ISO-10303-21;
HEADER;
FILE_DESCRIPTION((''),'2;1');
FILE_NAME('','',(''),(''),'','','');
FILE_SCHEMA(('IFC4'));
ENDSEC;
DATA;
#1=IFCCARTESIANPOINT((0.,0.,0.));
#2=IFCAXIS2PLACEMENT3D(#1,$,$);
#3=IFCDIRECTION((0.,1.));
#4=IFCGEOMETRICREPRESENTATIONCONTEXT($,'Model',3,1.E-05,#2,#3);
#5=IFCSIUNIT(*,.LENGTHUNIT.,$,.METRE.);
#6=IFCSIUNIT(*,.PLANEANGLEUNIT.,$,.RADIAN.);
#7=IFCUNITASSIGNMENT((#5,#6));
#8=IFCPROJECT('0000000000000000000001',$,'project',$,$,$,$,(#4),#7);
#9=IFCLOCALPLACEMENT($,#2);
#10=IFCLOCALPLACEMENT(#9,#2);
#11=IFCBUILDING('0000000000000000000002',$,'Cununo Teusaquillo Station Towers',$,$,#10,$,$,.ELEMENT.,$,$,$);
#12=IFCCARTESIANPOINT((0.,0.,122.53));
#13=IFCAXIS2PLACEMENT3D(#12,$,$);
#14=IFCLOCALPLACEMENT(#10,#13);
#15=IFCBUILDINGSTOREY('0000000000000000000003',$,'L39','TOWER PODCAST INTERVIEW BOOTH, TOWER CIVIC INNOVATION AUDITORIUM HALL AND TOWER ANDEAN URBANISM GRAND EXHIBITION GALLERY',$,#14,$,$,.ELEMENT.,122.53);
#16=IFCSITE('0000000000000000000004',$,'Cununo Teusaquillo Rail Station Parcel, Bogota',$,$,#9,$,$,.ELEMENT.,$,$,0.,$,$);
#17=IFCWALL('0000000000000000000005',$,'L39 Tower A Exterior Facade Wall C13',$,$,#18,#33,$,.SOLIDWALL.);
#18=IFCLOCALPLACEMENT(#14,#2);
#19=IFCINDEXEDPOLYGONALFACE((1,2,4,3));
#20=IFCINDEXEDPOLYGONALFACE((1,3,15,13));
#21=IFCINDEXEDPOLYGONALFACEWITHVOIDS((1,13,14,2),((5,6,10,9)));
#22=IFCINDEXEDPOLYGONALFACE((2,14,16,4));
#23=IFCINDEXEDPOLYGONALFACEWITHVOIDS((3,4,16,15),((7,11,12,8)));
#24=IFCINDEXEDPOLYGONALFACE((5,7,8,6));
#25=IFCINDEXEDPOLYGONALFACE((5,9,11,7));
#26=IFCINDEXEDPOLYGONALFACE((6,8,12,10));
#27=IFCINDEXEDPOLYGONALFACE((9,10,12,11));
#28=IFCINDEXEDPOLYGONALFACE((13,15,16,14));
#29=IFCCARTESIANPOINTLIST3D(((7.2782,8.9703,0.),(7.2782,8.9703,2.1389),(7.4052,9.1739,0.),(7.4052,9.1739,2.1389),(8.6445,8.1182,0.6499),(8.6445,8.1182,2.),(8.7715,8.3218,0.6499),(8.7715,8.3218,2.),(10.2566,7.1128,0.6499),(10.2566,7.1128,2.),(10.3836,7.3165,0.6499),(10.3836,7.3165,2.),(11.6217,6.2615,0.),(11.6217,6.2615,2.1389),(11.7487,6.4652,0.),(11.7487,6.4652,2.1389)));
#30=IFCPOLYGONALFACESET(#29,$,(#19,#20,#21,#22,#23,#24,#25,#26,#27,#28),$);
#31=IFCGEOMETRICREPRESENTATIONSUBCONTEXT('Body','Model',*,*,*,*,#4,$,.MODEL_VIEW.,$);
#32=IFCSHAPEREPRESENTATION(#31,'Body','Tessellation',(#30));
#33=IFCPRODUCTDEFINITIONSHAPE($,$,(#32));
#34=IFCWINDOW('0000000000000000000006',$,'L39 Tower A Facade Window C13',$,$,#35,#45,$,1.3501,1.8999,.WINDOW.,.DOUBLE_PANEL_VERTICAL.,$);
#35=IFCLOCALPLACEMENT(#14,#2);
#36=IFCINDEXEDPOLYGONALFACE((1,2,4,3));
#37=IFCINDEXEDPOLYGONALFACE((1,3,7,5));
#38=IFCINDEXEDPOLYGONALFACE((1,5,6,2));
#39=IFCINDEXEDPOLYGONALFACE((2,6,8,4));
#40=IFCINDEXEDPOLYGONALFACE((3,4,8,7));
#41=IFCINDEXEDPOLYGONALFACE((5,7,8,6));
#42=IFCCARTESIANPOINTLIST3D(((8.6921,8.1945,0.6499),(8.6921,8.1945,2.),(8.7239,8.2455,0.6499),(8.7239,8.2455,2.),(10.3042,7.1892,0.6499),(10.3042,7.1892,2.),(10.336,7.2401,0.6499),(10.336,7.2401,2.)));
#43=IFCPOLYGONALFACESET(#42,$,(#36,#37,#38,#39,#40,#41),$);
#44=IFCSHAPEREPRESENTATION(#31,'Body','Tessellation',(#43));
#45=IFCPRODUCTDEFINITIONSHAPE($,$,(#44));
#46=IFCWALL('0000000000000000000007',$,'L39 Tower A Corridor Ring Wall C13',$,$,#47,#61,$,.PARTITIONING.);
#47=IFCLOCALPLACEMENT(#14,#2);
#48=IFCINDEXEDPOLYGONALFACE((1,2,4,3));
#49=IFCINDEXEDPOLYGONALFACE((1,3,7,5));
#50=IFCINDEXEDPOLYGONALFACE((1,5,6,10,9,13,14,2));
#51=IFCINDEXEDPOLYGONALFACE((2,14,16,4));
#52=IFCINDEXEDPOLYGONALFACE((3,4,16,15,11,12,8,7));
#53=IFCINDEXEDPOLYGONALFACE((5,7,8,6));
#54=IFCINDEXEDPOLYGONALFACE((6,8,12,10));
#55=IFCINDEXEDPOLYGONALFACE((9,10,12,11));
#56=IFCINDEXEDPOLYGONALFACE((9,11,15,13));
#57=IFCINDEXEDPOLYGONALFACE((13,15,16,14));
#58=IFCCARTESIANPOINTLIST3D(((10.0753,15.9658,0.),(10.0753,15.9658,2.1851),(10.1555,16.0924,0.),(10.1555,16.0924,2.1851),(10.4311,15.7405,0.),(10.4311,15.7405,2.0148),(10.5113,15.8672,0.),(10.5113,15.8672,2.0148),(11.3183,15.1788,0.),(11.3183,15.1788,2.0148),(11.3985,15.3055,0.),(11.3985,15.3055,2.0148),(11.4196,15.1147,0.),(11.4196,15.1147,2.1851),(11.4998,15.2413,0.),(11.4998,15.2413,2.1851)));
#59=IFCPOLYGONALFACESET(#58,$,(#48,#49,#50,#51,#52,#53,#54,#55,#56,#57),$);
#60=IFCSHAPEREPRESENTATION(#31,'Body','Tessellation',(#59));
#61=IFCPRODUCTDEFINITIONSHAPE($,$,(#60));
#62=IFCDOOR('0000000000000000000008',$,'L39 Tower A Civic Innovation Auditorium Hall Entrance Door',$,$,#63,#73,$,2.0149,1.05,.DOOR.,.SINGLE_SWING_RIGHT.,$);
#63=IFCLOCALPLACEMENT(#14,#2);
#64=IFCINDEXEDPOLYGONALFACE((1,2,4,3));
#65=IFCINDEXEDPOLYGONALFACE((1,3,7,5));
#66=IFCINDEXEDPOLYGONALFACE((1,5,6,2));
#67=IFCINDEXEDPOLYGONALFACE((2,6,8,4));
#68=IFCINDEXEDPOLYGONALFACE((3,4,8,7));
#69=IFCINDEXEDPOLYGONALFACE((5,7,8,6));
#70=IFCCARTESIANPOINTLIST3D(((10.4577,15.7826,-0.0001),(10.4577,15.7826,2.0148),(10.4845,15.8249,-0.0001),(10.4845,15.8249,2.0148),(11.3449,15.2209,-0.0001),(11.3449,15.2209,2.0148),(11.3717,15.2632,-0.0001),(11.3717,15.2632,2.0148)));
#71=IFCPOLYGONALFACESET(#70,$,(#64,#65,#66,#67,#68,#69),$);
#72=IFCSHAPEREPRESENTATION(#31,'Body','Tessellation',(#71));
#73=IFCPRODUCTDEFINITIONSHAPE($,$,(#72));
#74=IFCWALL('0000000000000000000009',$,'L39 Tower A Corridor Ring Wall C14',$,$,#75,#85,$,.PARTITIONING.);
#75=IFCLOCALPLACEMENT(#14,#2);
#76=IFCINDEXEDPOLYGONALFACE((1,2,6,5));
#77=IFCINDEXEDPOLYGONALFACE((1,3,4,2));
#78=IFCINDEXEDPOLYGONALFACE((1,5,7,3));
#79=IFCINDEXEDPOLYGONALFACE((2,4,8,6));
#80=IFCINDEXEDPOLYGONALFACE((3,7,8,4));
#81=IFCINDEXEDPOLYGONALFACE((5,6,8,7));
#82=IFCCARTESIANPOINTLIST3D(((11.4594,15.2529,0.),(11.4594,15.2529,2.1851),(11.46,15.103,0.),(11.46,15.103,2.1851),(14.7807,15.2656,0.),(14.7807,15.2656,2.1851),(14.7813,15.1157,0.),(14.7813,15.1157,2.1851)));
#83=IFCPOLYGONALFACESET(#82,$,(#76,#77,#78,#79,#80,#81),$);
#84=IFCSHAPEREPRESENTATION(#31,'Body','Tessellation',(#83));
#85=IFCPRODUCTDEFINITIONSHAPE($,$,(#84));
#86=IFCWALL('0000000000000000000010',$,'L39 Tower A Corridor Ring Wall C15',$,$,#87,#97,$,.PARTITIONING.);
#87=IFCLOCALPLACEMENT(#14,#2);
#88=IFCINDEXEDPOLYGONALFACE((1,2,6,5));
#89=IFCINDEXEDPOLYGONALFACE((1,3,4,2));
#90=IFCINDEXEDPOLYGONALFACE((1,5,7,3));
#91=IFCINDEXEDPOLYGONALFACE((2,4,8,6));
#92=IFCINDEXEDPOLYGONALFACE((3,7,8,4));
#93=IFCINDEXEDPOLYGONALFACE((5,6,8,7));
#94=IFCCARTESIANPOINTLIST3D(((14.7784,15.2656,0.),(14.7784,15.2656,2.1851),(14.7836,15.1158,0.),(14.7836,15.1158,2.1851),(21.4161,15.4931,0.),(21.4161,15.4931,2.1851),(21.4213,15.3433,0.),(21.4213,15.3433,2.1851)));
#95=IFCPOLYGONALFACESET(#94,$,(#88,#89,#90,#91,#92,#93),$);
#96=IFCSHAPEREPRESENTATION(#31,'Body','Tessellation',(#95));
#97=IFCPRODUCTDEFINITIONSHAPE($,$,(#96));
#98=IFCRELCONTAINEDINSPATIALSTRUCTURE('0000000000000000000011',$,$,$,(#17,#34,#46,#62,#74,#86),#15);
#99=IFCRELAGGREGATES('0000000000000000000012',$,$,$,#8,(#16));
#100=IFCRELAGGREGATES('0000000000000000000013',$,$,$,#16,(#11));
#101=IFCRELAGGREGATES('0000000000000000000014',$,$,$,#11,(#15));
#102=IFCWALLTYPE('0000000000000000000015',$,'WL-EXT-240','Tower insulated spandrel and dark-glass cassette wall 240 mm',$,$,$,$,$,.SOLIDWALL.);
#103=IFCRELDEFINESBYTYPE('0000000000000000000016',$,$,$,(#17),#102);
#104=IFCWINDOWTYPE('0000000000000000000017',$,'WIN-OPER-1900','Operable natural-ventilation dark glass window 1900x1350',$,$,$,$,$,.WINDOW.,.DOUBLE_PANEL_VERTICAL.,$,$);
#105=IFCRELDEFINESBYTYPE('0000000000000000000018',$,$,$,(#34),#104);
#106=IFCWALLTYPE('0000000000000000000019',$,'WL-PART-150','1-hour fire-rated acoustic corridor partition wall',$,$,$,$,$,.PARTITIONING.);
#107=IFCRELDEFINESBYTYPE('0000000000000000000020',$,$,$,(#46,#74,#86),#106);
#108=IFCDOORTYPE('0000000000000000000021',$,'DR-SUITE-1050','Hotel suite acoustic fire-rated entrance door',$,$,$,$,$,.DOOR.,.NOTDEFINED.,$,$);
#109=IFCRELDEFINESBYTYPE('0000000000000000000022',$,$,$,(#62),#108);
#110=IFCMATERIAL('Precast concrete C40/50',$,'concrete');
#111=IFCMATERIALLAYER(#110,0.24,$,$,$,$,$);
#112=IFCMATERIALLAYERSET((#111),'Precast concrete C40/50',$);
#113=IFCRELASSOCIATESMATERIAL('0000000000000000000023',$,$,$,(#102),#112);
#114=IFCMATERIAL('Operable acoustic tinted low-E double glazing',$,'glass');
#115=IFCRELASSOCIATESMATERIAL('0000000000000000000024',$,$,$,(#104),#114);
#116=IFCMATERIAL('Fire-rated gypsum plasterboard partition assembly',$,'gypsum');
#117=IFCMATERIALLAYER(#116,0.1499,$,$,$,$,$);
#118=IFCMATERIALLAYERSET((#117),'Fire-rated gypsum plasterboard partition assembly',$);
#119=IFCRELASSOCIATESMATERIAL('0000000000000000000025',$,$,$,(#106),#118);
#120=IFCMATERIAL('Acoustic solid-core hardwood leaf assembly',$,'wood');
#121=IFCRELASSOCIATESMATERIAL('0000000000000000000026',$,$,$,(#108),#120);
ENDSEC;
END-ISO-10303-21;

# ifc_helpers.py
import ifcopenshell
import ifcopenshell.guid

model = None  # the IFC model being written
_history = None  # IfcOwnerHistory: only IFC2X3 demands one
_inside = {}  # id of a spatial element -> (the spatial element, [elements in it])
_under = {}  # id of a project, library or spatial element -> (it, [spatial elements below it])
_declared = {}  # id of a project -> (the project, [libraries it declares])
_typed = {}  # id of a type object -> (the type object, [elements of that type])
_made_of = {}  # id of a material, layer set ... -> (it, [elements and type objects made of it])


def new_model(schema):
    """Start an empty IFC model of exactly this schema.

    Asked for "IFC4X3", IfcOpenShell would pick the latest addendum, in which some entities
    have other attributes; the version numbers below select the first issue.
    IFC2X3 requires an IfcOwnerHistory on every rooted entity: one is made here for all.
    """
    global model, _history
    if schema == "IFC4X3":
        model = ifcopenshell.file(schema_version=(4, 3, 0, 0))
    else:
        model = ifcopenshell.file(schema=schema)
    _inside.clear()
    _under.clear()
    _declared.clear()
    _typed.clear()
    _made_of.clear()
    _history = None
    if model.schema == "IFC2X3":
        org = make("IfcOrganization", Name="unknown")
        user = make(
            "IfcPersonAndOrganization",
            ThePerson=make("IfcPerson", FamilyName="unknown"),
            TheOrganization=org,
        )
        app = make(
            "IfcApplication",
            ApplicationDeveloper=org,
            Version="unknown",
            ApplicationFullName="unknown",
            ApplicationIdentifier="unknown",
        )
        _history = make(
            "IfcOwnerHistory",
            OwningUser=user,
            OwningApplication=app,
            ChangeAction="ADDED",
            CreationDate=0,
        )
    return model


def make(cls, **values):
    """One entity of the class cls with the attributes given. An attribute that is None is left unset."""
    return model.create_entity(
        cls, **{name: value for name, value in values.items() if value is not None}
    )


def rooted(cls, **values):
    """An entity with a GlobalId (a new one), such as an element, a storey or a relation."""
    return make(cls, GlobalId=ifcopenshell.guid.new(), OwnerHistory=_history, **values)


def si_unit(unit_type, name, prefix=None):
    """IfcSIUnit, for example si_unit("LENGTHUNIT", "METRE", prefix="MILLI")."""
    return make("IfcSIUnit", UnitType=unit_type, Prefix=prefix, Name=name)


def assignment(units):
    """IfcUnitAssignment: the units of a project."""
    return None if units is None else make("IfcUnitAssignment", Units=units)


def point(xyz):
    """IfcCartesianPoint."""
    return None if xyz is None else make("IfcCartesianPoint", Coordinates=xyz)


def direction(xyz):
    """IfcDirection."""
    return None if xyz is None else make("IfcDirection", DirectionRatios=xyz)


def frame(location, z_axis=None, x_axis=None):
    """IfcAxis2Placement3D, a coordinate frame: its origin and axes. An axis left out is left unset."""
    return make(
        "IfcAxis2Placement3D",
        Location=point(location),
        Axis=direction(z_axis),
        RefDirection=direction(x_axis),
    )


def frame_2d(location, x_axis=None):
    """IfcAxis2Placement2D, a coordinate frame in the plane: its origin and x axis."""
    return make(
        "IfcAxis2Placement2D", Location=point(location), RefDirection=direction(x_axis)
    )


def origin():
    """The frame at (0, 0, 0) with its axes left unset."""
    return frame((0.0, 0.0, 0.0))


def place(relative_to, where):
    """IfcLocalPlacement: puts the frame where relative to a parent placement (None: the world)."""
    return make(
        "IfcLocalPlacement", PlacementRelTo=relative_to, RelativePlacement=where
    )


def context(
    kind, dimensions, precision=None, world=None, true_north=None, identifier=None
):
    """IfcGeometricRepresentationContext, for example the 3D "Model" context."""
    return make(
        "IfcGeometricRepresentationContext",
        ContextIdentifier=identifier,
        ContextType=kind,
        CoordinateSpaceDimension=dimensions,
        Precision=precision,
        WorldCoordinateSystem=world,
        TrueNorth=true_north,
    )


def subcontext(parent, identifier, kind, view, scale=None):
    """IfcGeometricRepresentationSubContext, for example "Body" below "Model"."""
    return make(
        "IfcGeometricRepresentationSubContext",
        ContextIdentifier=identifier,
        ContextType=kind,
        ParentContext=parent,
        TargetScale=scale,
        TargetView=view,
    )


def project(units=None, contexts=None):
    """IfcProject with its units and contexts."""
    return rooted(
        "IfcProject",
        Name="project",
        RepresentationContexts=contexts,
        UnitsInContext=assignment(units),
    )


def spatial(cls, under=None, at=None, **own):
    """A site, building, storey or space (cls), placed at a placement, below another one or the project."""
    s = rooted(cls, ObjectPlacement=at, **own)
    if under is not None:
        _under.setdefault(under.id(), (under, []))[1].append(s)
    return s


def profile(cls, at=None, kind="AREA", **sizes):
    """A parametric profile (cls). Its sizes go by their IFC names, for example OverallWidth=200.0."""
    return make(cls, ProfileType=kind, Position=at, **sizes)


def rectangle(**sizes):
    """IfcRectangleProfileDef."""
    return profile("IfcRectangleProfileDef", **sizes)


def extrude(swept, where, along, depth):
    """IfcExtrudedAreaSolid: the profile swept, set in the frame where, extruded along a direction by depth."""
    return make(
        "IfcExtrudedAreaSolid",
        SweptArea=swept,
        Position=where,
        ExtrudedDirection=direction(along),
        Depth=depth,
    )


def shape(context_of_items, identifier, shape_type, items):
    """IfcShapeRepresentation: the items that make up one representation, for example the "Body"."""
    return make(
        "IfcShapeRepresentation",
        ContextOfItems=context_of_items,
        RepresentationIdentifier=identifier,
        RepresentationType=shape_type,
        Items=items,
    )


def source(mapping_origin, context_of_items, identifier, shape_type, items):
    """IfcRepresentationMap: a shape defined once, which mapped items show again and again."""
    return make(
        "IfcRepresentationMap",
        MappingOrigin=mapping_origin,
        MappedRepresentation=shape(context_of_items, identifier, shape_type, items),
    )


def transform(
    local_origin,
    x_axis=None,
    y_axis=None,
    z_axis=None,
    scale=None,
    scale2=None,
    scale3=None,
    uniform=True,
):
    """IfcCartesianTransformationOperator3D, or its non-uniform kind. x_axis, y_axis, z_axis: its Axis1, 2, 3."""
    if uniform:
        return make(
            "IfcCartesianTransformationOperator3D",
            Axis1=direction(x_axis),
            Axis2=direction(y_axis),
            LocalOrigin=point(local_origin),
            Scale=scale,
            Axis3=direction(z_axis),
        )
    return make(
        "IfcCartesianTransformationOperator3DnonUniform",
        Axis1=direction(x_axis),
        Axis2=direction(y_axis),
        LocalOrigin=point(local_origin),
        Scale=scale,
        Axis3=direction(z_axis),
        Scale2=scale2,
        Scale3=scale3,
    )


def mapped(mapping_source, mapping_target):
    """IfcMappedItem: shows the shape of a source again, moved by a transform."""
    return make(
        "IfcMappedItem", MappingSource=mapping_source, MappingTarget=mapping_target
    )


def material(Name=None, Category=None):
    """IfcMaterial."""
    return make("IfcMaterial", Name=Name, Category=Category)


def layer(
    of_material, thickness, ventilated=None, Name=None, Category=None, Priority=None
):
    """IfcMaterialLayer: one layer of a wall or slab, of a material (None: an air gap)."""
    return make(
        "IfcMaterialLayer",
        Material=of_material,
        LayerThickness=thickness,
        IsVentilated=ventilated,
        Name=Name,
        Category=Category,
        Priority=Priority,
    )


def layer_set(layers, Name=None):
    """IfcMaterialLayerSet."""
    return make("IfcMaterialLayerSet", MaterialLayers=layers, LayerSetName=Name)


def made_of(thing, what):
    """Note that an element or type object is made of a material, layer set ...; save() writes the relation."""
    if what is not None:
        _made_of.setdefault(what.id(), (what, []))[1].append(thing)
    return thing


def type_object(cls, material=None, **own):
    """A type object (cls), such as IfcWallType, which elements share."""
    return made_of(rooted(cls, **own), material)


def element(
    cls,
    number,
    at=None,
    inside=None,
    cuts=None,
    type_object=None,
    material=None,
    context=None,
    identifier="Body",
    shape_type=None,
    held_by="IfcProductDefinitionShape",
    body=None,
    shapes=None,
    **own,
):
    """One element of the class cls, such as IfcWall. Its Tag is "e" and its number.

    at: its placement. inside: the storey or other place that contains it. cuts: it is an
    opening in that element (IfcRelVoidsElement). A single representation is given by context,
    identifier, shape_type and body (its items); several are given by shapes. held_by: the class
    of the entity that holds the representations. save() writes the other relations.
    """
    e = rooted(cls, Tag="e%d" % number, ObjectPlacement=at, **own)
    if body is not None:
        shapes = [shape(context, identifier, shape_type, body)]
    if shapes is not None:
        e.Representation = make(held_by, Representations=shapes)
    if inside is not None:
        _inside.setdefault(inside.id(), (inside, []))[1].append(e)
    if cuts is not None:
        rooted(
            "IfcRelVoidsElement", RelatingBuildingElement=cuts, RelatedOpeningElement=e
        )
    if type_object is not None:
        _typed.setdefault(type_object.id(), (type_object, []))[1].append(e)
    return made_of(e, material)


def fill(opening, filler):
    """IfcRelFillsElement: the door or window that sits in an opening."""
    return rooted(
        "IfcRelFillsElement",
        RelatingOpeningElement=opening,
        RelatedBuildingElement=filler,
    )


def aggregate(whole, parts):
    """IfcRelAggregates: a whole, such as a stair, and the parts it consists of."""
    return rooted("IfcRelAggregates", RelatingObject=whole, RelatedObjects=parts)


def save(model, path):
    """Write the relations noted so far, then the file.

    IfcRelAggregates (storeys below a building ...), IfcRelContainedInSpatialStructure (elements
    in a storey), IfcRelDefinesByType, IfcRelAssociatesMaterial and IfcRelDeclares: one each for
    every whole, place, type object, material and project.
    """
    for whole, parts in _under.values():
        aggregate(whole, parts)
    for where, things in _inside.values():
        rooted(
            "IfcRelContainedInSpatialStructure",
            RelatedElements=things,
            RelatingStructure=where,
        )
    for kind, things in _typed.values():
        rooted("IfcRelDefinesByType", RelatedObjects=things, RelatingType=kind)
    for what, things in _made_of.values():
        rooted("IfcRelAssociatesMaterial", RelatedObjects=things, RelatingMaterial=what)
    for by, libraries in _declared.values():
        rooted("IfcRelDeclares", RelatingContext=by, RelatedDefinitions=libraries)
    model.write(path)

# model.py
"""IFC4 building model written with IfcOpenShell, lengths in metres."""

from ifc_helpers import new_model, si_unit, direction, frame, frame_2d, origin, place, context, subcontext, project, spatial, rectangle, extrude, source, transform, mapped, material, layer, layer_set, type_object, element, fill, save


model = new_model("IFC4")

# Units and contexts
model_context = context("Model", 3, precision=1e-05, world=origin(), true_north=direction((0.0, 1.0)))
body_context = subcontext(model_context, "Body", "Model", "MODEL_VIEW")
ifc_project = project(units=[si_unit("LENGTHUNIT", "METRE"), si_unit("PLANEANGLEUNIT", "RADIAN")], contexts=[model_context])

# Site, building, storey
site_placement = place(None, origin())
site = spatial("IfcSite", under=ifc_project, at=site_placement, Name="Cununo Teusaquillo Rail Station Parcel, Bogota", CompositionType="ELEMENT", RefElevation=0.0)
building_placement = place(site_placement, origin())
building = spatial("IfcBuilding", under=site, at=building_placement, Name="Cununo Teusaquillo Station Towers", CompositionType="ELEMENT")
storey_placement = place(building_placement, frame((0.0, 0.0, 122.53)))
storey = spatial("IfcBuildingStorey", under=building, at=storey_placement, Name="L39", Description="TOWER PODCAST INTERVIEW BOOTH, TOWER CIVIC INNOVATION AUDITORIUM HALL AND TOWER ANDEAN URBANISM GRAND EXHIBITION GALLERY", CompositionType="ELEMENT", Elevation=122.53)

# Shared definitions
ifc_material_1 = material(Name="Precast concrete C40/50", Category="concrete")
ifc_layer_1 = layer(ifc_material_1, 0.24)
ifc_layer_set_1 = layer_set([ifc_layer_1], Name="Precast concrete C40/50")
wall_type_1 = type_object("IfcWallType", Name="WL-EXT-240", Description="Tower insulated spandrel and dark-glass cassette wall 240 mm", PredefinedType="SOLIDWALL", material=ifc_layer_set_1)
shared_shape_1 = source(origin(), body_context, "Body", "SweptSolid", [
    extrude(rectangle(XDim=1.8999, YDim=1.3501, at=frame_2d((0.95, 0.675))), frame((0.0, 0.1299, 0.0), z_axis=(0.0, -1.0, 0.0), x_axis=(1.0, 0.0, 0.0)), (0.0, 0.0, 1.0), 0.26),
])
ifc_material_2 = material(Name="Operable acoustic tinted low-E double glazing", Category="glass")
window_type = type_object("IfcWindowType", Name="WIN-OPER-1900", Description="Operable natural-ventilation dark glass window 1900x1350", PartitioningType="DOUBLE_PANEL_VERTICAL", PredefinedType="WINDOW", material=ifc_material_2)
shared_shape_2 = source(origin(), body_context, "Body", "SweptSolid", [
    extrude(rectangle(XDim=1.8999, YDim=1.3501, at=frame_2d((0.95, 0.675))), frame((0.0, 0.03, 0.0), z_axis=(0.0, -1.0, 0.0), x_axis=(1.0, 0.0, 0.0)), (0.0, 0.0, 1.0), 0.0601),
])

# Wall, opening, window
wall_1_placement = place(storey_placement, frame((11.6853, 6.3633, 0.0), z_axis=(0.0, 0.0, 1.0), x_axis=(-0.84852, 0.529163, 0.0)))
wall_1 = element("IfcWall", 1, at=wall_1_placement, inside=storey, type_object=wall_type_1, Name="L39 Tower A Exterior Facade Wall C13", PredefinedType="SOLIDWALL", context=body_context, shape_type="SweptSolid", body=[
    extrude(rectangle(XDim=5.1189, YDim=0.24, at=frame_2d((2.5596, 0.0))), origin(), (0.0, 0.0, 1.0), 2.1389),
])
opening_1_placement = place(wall_1_placement, frame((1.6089, 0.0, 0.6499)))
opening_1 = element("IfcOpeningElement", 2, at=opening_1_placement, cuts=wall_1, PredefinedType="OPENING", context=body_context, shape_type="MappedRepresentation", body=[
    mapped(shared_shape_1, transform((0.0, 0.0, 0.0), x_axis=(1.0, 0.0, 0.0), y_axis=(0.0, 1.0, 0.0), z_axis=(0.0, 0.0, 1.0), scale=1.0)),
])
window_1_placement = place(opening_1_placement, origin())
window_1 = element("IfcWindow", 3, at=window_1_placement, inside=storey, type_object=window_type, Name="L39 Tower A Facade Window C13", OverallHeight=1.3501, OverallWidth=1.8999, PartitioningType="DOUBLE_PANEL_VERTICAL", PredefinedType="WINDOW", context=body_context, shape_type="MappedRepresentation", body=[
    mapped(shared_shape_2, transform((0.0, 0.0, 0.0), x_axis=(1.0, 0.0, 0.0), y_axis=(0.0, 1.0, 0.0), z_axis=(0.0, 0.0, 1.0), scale=1.0)),
])
fill(opening_1, window_1)

# Wall, opening, door
ifc_material_3 = material(Name="Fire-rated gypsum plasterboard partition assembly", Category="gypsum")
ifc_layer_2 = layer(ifc_material_3, 0.1499)
ifc_layer_set_2 = layer_set([ifc_layer_2], Name="Fire-rated gypsum plasterboard partition assembly")
wall_type_2 = type_object("IfcWallType", Name="WL-PART-150", Description="1-hour fire-rated acoustic corridor partition wall", PredefinedType="PARTITIONING", material=ifc_layer_set_2)
wall_2_placement = place(storey_placement, frame((10.1155, 16.0291, 0.0), z_axis=(0.0, 0.0, 1.0), x_axis=(0.844898, -0.534928, 0.0)))
wall_2 = element("IfcWall", 4, at=wall_2_placement, inside=storey, type_object=wall_type_2, Name="L39 Tower A Corridor Ring Wall C13", PredefinedType="PARTITIONING", context=body_context, shape_type="SweptSolid", body=[
    extrude(rectangle(XDim=1.5911, YDim=0.1499, at=frame_2d((0.7954, 0.0))), origin(), (0.0, 0.0, 1.0), 2.1851),
])
shared_shape_3 = source(origin(), body_context, "Body", "SweptSolid", [
    extrude(rectangle(XDim=1.05, YDim=2.0149, at=frame_2d((0.5249, 1.0073))), frame((0.0, 0.085, 0.0), z_axis=(0.0, -1.0, 0.0), x_axis=(1.0, 0.0, 0.0)), (0.0, 0.0, 1.0), 0.1699),
])
opening_2_placement = place(wall_2_placement, frame((0.4211, 0.0, 0.0)))
opening_2 = element("IfcOpeningElement", 5, at=opening_2_placement, cuts=wall_2, PredefinedType="OPENING", context=body_context, shape_type="MappedRepresentation", body=[
    mapped(shared_shape_3, transform((0.0, 0.0, 0.0), x_axis=(1.0, 0.0, 0.0), y_axis=(0.0, 1.0, 0.0), z_axis=(0.0, 0.0, 1.0), scale=1.0)),
])
ifc_material_4 = material(Name="Acoustic solid-core hardwood leaf assembly", Category="wood")
door_type = type_object("IfcDoorType", Name="DR-SUITE-1050", Description="Hotel suite acoustic fire-rated entrance door", OperationType="NOTDEFINED", PredefinedType="DOOR", material=ifc_material_4)
shared_shape_4 = source(origin(), body_context, "Body", "SweptSolid", [
    extrude(rectangle(XDim=1.05, YDim=2.0149, at=frame_2d((0.5249, 1.0073))), frame((0.0, 0.0249, 0.0), z_axis=(0.0, -1.0, 0.0), x_axis=(1.0, 0.0, 0.0)), (0.0, 0.0, 1.0), 0.05),
])
door_placement = place(opening_2_placement, origin())
door = element("IfcDoor", 6, at=door_placement, inside=storey, type_object=door_type, Name="L39 Tower A Civic Innovation Auditorium Hall Entrance Door", OperationType="SINGLE_SWING_RIGHT", OverallHeight=2.0149, OverallWidth=1.05, PredefinedType="DOOR", context=body_context, shape_type="MappedRepresentation", body=[
    mapped(shared_shape_4, transform((0.0, 0.0, 0.0), x_axis=(1.0, 0.0, 0.0), y_axis=(0.0, 1.0, 0.0), z_axis=(0.0, 0.0, 1.0), scale=1.0)),
])
fill(opening_2, door)

# Walls
wall_3_placement = place(storey_placement, frame((11.4597, 15.178, 0.0), z_axis=(0.0, 0.0, 1.0), x_axis=(0.999993, 0.003822, 0.0)))
element("IfcWall", 7, at=wall_3_placement, inside=storey, type_object=wall_type_2, Name="L39 Tower A Corridor Ring Wall C14", PredefinedType="PARTITIONING", context=body_context, shape_type="SweptSolid", body=[
    extrude(rectangle(XDim=3.3213, YDim=0.1499, at=frame_2d((1.6606, 0.0))), origin(), (0.0, 0.0, 1.0), 2.1851),
])
wall_4_placement = place(storey_placement, frame((14.781, 15.1907, 0.0), z_axis=(0.0, 0.0, 1.0), x_axis=(0.999413, 0.03426, 0.0)))
element("IfcWall", 8, at=wall_4_placement, inside=storey, type_object=wall_type_2, Name="L39 Tower A Corridor Ring Wall C15", PredefinedType="PARTITIONING", context=body_context, shape_type="SweptSolid", body=[
    extrude(rectangle(XDim=6.6416, YDim=0.1499, at=frame_2d((3.3208, 0.0))), origin(), (0.0, 0.0, 1.0), 2.1851),
])

save(model, "model.ifc")
